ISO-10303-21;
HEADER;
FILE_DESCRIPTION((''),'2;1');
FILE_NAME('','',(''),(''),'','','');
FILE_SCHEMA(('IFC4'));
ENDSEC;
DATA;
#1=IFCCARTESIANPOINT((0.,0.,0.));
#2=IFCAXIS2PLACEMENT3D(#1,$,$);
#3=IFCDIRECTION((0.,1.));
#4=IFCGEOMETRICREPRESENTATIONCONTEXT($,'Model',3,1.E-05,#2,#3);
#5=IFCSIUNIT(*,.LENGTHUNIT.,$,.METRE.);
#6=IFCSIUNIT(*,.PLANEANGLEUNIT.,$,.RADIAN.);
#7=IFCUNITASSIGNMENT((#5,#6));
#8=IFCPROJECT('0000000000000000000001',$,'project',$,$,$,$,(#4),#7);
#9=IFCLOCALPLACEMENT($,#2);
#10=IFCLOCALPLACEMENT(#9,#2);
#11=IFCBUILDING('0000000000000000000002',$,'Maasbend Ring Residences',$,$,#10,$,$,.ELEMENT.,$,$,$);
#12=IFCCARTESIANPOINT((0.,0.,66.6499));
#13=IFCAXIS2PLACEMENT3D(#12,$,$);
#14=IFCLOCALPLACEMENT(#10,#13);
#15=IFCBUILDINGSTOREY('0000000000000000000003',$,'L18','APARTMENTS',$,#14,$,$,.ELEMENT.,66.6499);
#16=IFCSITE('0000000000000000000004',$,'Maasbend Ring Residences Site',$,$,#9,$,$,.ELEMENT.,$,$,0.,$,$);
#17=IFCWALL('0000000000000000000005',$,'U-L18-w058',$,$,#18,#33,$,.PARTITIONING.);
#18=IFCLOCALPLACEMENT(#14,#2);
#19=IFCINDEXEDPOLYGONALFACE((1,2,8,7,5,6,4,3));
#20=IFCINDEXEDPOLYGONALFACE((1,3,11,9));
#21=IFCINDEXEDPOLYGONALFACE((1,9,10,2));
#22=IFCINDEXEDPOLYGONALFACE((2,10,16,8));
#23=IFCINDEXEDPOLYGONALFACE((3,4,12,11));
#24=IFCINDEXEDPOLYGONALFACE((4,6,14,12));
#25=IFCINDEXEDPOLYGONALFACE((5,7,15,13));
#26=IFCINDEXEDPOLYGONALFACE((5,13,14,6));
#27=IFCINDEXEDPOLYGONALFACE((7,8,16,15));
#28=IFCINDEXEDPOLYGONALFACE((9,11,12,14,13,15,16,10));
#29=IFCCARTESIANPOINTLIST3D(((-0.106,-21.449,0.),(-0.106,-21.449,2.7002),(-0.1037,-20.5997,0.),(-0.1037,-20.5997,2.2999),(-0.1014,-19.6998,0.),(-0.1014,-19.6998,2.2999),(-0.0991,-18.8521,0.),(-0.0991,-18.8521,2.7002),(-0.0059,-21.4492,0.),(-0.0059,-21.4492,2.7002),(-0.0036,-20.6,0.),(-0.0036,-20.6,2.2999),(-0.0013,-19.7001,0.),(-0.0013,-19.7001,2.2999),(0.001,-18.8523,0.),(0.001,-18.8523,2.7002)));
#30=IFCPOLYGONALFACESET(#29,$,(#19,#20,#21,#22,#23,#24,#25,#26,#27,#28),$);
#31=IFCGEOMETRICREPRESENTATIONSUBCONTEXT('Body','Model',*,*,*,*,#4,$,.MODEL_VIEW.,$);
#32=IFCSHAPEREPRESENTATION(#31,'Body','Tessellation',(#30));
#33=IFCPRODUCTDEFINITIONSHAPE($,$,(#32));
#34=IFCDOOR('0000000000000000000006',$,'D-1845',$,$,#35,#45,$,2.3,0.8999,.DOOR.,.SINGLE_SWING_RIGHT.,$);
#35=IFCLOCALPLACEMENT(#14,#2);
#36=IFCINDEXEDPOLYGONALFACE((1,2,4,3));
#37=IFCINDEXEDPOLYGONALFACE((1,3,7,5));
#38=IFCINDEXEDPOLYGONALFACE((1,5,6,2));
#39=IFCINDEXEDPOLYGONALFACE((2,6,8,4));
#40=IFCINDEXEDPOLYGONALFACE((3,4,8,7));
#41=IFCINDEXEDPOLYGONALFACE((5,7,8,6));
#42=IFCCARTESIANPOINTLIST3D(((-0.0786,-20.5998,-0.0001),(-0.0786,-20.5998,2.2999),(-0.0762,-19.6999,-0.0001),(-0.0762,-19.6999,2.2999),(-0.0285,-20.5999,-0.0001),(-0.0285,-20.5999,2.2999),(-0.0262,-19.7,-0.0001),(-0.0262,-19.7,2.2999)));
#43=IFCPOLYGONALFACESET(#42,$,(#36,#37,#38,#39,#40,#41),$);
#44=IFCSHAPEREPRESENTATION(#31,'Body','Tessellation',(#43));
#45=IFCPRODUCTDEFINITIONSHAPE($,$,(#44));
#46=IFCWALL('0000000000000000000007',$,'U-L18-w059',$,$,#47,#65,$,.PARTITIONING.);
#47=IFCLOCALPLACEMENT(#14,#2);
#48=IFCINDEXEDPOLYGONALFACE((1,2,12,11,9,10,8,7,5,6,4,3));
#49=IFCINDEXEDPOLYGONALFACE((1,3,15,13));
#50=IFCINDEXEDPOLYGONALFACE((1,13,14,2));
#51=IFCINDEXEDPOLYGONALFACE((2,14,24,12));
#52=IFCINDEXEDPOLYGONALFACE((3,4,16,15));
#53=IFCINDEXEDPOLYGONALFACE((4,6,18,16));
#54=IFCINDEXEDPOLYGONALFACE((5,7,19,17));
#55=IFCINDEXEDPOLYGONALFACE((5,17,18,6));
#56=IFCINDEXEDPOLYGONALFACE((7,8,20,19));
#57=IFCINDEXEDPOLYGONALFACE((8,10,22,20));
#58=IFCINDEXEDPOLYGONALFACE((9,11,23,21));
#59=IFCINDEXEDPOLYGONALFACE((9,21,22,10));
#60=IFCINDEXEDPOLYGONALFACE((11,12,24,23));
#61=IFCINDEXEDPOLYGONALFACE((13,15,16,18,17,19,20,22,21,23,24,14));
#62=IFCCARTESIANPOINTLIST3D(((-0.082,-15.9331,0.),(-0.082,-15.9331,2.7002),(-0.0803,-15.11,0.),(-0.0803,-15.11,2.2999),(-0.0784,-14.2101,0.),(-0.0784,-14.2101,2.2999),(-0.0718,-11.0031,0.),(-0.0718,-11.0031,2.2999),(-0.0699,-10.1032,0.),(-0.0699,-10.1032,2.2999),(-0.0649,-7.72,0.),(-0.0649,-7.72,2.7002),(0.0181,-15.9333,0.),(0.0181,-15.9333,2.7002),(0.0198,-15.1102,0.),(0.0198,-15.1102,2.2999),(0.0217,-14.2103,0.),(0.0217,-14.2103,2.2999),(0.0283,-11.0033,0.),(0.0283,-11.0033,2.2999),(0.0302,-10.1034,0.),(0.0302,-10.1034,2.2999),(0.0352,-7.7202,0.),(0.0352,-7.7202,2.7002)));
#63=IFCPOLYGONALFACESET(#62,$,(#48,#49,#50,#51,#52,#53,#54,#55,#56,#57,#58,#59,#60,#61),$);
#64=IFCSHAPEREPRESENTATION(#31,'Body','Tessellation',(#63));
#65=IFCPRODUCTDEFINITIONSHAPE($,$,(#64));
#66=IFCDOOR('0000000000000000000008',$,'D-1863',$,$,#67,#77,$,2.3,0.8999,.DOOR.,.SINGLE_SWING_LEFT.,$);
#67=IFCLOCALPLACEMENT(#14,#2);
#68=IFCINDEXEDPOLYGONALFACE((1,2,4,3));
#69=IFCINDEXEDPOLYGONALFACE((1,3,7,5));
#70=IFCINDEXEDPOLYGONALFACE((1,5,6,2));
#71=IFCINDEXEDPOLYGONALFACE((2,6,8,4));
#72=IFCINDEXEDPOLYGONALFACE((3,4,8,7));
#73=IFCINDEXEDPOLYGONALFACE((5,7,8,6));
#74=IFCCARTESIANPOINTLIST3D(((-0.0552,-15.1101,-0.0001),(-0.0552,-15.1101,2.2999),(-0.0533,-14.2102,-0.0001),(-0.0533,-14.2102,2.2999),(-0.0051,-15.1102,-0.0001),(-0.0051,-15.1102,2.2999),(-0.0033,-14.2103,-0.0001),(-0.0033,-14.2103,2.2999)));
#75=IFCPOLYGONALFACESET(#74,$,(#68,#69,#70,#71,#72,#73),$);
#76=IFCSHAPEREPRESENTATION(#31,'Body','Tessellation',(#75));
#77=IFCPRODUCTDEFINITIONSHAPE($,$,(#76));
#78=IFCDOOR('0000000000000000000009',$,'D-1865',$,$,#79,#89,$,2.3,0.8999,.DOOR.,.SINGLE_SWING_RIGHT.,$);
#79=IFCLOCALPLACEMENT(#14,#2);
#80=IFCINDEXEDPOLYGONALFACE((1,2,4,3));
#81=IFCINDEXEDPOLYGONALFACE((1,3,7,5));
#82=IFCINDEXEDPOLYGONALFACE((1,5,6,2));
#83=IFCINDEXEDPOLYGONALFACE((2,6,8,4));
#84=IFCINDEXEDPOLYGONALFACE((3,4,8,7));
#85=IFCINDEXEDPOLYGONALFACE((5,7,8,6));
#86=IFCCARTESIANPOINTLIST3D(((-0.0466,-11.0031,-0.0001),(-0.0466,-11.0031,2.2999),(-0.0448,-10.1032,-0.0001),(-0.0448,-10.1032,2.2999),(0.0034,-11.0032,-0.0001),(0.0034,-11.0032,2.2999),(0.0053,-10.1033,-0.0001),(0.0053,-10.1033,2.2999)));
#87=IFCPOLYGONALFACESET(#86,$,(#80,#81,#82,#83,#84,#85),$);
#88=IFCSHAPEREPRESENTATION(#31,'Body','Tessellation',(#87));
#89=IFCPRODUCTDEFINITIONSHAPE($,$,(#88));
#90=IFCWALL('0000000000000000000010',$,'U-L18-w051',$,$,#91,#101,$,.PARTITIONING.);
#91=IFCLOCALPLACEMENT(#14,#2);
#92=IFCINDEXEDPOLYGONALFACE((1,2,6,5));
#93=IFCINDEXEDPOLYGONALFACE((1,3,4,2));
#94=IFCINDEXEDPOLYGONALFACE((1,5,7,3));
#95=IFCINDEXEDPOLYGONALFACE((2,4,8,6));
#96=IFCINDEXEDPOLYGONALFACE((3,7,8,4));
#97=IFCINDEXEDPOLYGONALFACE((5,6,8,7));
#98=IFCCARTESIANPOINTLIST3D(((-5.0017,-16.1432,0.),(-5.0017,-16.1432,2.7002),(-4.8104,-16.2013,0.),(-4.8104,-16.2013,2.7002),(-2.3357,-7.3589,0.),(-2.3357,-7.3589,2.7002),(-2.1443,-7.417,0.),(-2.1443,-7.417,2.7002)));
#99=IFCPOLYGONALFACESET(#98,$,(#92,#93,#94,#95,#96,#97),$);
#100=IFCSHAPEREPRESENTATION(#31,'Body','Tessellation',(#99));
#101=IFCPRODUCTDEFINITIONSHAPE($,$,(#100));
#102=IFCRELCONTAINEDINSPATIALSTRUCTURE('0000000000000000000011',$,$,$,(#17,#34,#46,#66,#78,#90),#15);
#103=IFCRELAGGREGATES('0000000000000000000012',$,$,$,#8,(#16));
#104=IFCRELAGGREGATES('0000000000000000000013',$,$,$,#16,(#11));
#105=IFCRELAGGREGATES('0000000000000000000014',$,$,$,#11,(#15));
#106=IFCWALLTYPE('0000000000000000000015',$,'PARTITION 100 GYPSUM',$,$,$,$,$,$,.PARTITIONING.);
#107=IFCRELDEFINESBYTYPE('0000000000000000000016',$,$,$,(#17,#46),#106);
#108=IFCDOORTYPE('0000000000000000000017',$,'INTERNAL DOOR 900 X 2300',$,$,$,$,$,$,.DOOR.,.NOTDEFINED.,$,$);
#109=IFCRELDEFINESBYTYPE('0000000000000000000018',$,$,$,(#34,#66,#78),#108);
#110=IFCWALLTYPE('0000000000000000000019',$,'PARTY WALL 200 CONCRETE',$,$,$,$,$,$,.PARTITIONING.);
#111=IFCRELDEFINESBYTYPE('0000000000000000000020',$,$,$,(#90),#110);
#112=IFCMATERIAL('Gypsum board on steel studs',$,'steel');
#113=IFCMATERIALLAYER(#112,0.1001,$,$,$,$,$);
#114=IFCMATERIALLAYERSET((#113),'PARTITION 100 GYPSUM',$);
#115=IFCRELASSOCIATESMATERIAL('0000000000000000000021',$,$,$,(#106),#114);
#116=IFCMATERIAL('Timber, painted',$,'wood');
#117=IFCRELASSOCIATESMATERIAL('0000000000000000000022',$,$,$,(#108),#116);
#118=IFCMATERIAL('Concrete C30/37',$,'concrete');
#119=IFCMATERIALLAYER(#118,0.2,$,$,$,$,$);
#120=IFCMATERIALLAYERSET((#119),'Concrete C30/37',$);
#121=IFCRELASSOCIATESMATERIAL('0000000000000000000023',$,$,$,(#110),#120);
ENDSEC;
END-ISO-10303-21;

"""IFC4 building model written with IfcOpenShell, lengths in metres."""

from ifc_helpers import new_model, si_unit, direction, frame, frame_2d, origin, place, context, subcontext, project, spatial, rectangle, extrude, material, layer, layer_set, type_object, element, fill, save


model = new_model("IFC4")

# Units and contexts
model_context = context("Model", 3, precision=1e-05, world=origin(), true_north=direction((0.0, 1.0)))
body_context = subcontext(model_context, "Body", "Model", "MODEL_VIEW")
ifc_project = project(units=[si_unit("LENGTHUNIT", "METRE"), si_unit("PLANEANGLEUNIT", "RADIAN")], contexts=[model_context])

# Site, building, storey
site_placement = place(None, origin())
site = spatial("IfcSite", under=ifc_project, at=site_placement, Name="Maasbend Ring Residences Site", CompositionType="ELEMENT", RefElevation=0.0)
building_placement = place(site_placement, origin())
building = spatial("IfcBuilding", under=site, at=building_placement, Name="Maasbend Ring Residences", CompositionType="ELEMENT")
storey_placement = place(building_placement, frame((0.0, 0.0, 66.6499)))
storey = spatial("IfcBuildingStorey", under=building, at=storey_placement, Name="L18", Description="APARTMENTS", CompositionType="ELEMENT", Elevation=66.6499)

# Shared definitions
ifc_material_1 = material(Name="Gypsum board on steel studs", Category="steel")
ifc_layer_1 = layer(ifc_material_1, 0.1001)
ifc_layer_set_1 = layer_set([ifc_layer_1], Name="PARTITION 100 GYPSUM")
wall_type_1 = type_object("IfcWallType", Name="PARTITION 100 GYPSUM", PredefinedType="PARTITIONING", material=ifc_layer_set_1)
ifc_material_2 = material(Name="Timber, painted", Category="wood")
door_type_1 = type_object("IfcDoorType", Name="INTERNAL DOOR 900 X 2300", OperationType="NOTDEFINED", PredefinedType="DOOR", material=ifc_material_2)

# Wall, opening, door
wall_1_placement = place(storey_placement, frame((-0.0559, -21.449, 0.0), z_axis=(0.0, 0.0, 1.0), x_axis=(0.002632, 0.999997, 0.0)))
wall_1 = element("IfcWall", 1, at=wall_1_placement, inside=storey, type_object=wall_type_1, Name="U-L18-w058", PredefinedType="PARTITIONING", context=body_context, shape_type="SweptSolid", body=[
    extrude(rectangle(XDim=2.5969, YDim=0.1001, at=frame_2d((1.2983, 0.0))), origin(), (0.0, 0.0, 1.0), 2.7002),
])
opening_1_placement = place(wall_1_placement, frame((0.8491, 0.0, 0.0)))
opening_1 = element("IfcOpeningElement", 2, at=opening_1_placement, cuts=wall_1, PredefinedType="OPENING", context=body_context, shape_type="SweptSolid", body=[
    extrude(rectangle(XDim=0.8999, YDim=2.3, at=frame_2d((0.45, 1.1499))), frame((0.0, 0.0601, 0.0), z_axis=(0.0, -1.0, 0.0), x_axis=(1.0, 0.0, 0.0)), (0.0, 0.0, 1.0), 0.1201),
])
door_1_placement = place(opening_1_placement, origin())
door_1 = element("IfcDoor", 3, at=door_1_placement, inside=storey, type_object=door_type_1, Name="D-1845", OperationType="SINGLE_SWING_RIGHT", OverallHeight=2.3, OverallWidth=0.8999, PredefinedType="DOOR", context=body_context, shape_type="SweptSolid", body=[
    extrude(rectangle(XDim=0.8999, YDim=2.3, at=frame_2d((0.45, 1.1499))), frame((0.0, 0.0249, 0.0), z_axis=(0.0, -1.0, 0.0), x_axis=(1.0, 0.0, 0.0)), (0.0, 0.0, 1.0), 0.05),
])
fill(opening_1, door_1)

# Wall, openings, doors
wall_2_placement = place(storey_placement, frame((-0.032, -15.9331, 0.0), z_axis=(0.0, 0.0, 1.0), x_axis=(0.002081, 0.999998, 0.0)))
wall_2 = element("IfcWall", 4, at=wall_2_placement, inside=storey, type_object=wall_type_1, Name="U-L18-w059", PredefinedType="PARTITIONING", context=body_context, shape_type="SweptSolid", body=[
    extrude(rectangle(XDim=8.2131, YDim=0.1001, at=frame_2d((4.1064, 0.0))), origin(), (0.0, 0.0, 1.0), 2.7002),
])
opening_2_placement = place(wall_2_placement, frame((0.823, 0.0, 0.0)))
opening_2 = element("IfcOpeningElement", 5, at=opening_2_placement, cuts=wall_2, PredefinedType="OPENING", context=body_context, shape_type="SweptSolid", body=[
    extrude(rectangle(XDim=0.8999, YDim=2.3, at=frame_2d((0.45, 1.1499))), frame((0.0, 0.0601, 0.0), z_axis=(0.0, -1.0, 0.0), x_axis=(1.0, 0.0, 0.0)), (0.0, 0.0, 1.0), 0.1201),
])
opening_3_placement = place(wall_2_placement, frame((4.9299, 0.0, 0.0)))
opening_3 = element("IfcOpeningElement", 6, at=opening_3_placement, cuts=wall_2, PredefinedType="OPENING", context=body_context, shape_type="SweptSolid", body=[
    extrude(rectangle(XDim=0.8999, YDim=2.3, at=frame_2d((0.45, 1.1499))), frame((0.0, 0.0601, 0.0), z_axis=(0.0, -1.0, 0.0), x_axis=(1.0, 0.0, 0.0)), (0.0, 0.0, 1.0), 0.1201),
])
door_2_placement = place(opening_2_placement, origin())
door_2 = element("IfcDoor", 7, at=door_2_placement, inside=storey, type_object=door_type_1, Name="D-1863", OperationType="SINGLE_SWING_LEFT", OverallHeight=2.3, OverallWidth=0.8999, PredefinedType="DOOR", context=body_context, shape_type="SweptSolid", body=[
    extrude(rectangle(XDim=0.8999, YDim=2.3, at=frame_2d((0.45, 1.1499))), frame((0.0, 0.0249, 0.0), z_axis=(0.0, -1.0, 0.0), x_axis=(1.0, 0.0, 0.0)), (0.0, 0.0, 1.0), 0.05),
])
fill(opening_2, door_2)
door_3_placement = place(opening_3_placement, origin())
door_3 = element("IfcDoor", 8, at=door_3_placement, inside=storey, type_object=door_type_1, Name="D-1865", OperationType="SINGLE_SWING_RIGHT", OverallHeight=2.3, OverallWidth=0.8999, PredefinedType="DOOR", context=body_context, shape_type="SweptSolid", body=[
    extrude(rectangle(XDim=0.8999, YDim=2.3, at=frame_2d((0.45, 1.1499))), frame((0.0, 0.0249, 0.0), z_axis=(0.0, -1.0, 0.0), x_axis=(1.0, 0.0, 0.0)), (0.0, 0.0, 1.0), 0.05),
])
fill(opening_3, door_3)

# Wall
ifc_material_3 = material(Name="Concrete C30/37", Category="concrete")
ifc_layer_2 = layer(ifc_material_3, 0.2)
ifc_layer_set_2 = layer_set([ifc_layer_2], Name="Concrete C30/37")
wall_type_2 = type_object("IfcWallType", Name="PARTY WALL 200 CONCRETE", PredefinedType="PARTITIONING", material=ifc_layer_set_2)
wall_3_placement = place(storey_placement, frame((-4.906, -16.1721, 0.0), z_axis=(0.0, 0.0, 1.0), x_axis=(0.290421, 0.956899, 0.0)))
element("IfcWall", 9, at=wall_3_placement, inside=storey, type_object=wall_type_2, Name="U-L18-w051", PredefinedType="PARTITIONING", context=body_context, shape_type="SweptSolid", body=[
    extrude(rectangle(XDim=9.1799, YDim=0.2, at=frame_2d((4.5898, 0.0))), origin(), (0.0, 0.0, 1.0), 2.7002),
])

save(model, "model.ifc")
